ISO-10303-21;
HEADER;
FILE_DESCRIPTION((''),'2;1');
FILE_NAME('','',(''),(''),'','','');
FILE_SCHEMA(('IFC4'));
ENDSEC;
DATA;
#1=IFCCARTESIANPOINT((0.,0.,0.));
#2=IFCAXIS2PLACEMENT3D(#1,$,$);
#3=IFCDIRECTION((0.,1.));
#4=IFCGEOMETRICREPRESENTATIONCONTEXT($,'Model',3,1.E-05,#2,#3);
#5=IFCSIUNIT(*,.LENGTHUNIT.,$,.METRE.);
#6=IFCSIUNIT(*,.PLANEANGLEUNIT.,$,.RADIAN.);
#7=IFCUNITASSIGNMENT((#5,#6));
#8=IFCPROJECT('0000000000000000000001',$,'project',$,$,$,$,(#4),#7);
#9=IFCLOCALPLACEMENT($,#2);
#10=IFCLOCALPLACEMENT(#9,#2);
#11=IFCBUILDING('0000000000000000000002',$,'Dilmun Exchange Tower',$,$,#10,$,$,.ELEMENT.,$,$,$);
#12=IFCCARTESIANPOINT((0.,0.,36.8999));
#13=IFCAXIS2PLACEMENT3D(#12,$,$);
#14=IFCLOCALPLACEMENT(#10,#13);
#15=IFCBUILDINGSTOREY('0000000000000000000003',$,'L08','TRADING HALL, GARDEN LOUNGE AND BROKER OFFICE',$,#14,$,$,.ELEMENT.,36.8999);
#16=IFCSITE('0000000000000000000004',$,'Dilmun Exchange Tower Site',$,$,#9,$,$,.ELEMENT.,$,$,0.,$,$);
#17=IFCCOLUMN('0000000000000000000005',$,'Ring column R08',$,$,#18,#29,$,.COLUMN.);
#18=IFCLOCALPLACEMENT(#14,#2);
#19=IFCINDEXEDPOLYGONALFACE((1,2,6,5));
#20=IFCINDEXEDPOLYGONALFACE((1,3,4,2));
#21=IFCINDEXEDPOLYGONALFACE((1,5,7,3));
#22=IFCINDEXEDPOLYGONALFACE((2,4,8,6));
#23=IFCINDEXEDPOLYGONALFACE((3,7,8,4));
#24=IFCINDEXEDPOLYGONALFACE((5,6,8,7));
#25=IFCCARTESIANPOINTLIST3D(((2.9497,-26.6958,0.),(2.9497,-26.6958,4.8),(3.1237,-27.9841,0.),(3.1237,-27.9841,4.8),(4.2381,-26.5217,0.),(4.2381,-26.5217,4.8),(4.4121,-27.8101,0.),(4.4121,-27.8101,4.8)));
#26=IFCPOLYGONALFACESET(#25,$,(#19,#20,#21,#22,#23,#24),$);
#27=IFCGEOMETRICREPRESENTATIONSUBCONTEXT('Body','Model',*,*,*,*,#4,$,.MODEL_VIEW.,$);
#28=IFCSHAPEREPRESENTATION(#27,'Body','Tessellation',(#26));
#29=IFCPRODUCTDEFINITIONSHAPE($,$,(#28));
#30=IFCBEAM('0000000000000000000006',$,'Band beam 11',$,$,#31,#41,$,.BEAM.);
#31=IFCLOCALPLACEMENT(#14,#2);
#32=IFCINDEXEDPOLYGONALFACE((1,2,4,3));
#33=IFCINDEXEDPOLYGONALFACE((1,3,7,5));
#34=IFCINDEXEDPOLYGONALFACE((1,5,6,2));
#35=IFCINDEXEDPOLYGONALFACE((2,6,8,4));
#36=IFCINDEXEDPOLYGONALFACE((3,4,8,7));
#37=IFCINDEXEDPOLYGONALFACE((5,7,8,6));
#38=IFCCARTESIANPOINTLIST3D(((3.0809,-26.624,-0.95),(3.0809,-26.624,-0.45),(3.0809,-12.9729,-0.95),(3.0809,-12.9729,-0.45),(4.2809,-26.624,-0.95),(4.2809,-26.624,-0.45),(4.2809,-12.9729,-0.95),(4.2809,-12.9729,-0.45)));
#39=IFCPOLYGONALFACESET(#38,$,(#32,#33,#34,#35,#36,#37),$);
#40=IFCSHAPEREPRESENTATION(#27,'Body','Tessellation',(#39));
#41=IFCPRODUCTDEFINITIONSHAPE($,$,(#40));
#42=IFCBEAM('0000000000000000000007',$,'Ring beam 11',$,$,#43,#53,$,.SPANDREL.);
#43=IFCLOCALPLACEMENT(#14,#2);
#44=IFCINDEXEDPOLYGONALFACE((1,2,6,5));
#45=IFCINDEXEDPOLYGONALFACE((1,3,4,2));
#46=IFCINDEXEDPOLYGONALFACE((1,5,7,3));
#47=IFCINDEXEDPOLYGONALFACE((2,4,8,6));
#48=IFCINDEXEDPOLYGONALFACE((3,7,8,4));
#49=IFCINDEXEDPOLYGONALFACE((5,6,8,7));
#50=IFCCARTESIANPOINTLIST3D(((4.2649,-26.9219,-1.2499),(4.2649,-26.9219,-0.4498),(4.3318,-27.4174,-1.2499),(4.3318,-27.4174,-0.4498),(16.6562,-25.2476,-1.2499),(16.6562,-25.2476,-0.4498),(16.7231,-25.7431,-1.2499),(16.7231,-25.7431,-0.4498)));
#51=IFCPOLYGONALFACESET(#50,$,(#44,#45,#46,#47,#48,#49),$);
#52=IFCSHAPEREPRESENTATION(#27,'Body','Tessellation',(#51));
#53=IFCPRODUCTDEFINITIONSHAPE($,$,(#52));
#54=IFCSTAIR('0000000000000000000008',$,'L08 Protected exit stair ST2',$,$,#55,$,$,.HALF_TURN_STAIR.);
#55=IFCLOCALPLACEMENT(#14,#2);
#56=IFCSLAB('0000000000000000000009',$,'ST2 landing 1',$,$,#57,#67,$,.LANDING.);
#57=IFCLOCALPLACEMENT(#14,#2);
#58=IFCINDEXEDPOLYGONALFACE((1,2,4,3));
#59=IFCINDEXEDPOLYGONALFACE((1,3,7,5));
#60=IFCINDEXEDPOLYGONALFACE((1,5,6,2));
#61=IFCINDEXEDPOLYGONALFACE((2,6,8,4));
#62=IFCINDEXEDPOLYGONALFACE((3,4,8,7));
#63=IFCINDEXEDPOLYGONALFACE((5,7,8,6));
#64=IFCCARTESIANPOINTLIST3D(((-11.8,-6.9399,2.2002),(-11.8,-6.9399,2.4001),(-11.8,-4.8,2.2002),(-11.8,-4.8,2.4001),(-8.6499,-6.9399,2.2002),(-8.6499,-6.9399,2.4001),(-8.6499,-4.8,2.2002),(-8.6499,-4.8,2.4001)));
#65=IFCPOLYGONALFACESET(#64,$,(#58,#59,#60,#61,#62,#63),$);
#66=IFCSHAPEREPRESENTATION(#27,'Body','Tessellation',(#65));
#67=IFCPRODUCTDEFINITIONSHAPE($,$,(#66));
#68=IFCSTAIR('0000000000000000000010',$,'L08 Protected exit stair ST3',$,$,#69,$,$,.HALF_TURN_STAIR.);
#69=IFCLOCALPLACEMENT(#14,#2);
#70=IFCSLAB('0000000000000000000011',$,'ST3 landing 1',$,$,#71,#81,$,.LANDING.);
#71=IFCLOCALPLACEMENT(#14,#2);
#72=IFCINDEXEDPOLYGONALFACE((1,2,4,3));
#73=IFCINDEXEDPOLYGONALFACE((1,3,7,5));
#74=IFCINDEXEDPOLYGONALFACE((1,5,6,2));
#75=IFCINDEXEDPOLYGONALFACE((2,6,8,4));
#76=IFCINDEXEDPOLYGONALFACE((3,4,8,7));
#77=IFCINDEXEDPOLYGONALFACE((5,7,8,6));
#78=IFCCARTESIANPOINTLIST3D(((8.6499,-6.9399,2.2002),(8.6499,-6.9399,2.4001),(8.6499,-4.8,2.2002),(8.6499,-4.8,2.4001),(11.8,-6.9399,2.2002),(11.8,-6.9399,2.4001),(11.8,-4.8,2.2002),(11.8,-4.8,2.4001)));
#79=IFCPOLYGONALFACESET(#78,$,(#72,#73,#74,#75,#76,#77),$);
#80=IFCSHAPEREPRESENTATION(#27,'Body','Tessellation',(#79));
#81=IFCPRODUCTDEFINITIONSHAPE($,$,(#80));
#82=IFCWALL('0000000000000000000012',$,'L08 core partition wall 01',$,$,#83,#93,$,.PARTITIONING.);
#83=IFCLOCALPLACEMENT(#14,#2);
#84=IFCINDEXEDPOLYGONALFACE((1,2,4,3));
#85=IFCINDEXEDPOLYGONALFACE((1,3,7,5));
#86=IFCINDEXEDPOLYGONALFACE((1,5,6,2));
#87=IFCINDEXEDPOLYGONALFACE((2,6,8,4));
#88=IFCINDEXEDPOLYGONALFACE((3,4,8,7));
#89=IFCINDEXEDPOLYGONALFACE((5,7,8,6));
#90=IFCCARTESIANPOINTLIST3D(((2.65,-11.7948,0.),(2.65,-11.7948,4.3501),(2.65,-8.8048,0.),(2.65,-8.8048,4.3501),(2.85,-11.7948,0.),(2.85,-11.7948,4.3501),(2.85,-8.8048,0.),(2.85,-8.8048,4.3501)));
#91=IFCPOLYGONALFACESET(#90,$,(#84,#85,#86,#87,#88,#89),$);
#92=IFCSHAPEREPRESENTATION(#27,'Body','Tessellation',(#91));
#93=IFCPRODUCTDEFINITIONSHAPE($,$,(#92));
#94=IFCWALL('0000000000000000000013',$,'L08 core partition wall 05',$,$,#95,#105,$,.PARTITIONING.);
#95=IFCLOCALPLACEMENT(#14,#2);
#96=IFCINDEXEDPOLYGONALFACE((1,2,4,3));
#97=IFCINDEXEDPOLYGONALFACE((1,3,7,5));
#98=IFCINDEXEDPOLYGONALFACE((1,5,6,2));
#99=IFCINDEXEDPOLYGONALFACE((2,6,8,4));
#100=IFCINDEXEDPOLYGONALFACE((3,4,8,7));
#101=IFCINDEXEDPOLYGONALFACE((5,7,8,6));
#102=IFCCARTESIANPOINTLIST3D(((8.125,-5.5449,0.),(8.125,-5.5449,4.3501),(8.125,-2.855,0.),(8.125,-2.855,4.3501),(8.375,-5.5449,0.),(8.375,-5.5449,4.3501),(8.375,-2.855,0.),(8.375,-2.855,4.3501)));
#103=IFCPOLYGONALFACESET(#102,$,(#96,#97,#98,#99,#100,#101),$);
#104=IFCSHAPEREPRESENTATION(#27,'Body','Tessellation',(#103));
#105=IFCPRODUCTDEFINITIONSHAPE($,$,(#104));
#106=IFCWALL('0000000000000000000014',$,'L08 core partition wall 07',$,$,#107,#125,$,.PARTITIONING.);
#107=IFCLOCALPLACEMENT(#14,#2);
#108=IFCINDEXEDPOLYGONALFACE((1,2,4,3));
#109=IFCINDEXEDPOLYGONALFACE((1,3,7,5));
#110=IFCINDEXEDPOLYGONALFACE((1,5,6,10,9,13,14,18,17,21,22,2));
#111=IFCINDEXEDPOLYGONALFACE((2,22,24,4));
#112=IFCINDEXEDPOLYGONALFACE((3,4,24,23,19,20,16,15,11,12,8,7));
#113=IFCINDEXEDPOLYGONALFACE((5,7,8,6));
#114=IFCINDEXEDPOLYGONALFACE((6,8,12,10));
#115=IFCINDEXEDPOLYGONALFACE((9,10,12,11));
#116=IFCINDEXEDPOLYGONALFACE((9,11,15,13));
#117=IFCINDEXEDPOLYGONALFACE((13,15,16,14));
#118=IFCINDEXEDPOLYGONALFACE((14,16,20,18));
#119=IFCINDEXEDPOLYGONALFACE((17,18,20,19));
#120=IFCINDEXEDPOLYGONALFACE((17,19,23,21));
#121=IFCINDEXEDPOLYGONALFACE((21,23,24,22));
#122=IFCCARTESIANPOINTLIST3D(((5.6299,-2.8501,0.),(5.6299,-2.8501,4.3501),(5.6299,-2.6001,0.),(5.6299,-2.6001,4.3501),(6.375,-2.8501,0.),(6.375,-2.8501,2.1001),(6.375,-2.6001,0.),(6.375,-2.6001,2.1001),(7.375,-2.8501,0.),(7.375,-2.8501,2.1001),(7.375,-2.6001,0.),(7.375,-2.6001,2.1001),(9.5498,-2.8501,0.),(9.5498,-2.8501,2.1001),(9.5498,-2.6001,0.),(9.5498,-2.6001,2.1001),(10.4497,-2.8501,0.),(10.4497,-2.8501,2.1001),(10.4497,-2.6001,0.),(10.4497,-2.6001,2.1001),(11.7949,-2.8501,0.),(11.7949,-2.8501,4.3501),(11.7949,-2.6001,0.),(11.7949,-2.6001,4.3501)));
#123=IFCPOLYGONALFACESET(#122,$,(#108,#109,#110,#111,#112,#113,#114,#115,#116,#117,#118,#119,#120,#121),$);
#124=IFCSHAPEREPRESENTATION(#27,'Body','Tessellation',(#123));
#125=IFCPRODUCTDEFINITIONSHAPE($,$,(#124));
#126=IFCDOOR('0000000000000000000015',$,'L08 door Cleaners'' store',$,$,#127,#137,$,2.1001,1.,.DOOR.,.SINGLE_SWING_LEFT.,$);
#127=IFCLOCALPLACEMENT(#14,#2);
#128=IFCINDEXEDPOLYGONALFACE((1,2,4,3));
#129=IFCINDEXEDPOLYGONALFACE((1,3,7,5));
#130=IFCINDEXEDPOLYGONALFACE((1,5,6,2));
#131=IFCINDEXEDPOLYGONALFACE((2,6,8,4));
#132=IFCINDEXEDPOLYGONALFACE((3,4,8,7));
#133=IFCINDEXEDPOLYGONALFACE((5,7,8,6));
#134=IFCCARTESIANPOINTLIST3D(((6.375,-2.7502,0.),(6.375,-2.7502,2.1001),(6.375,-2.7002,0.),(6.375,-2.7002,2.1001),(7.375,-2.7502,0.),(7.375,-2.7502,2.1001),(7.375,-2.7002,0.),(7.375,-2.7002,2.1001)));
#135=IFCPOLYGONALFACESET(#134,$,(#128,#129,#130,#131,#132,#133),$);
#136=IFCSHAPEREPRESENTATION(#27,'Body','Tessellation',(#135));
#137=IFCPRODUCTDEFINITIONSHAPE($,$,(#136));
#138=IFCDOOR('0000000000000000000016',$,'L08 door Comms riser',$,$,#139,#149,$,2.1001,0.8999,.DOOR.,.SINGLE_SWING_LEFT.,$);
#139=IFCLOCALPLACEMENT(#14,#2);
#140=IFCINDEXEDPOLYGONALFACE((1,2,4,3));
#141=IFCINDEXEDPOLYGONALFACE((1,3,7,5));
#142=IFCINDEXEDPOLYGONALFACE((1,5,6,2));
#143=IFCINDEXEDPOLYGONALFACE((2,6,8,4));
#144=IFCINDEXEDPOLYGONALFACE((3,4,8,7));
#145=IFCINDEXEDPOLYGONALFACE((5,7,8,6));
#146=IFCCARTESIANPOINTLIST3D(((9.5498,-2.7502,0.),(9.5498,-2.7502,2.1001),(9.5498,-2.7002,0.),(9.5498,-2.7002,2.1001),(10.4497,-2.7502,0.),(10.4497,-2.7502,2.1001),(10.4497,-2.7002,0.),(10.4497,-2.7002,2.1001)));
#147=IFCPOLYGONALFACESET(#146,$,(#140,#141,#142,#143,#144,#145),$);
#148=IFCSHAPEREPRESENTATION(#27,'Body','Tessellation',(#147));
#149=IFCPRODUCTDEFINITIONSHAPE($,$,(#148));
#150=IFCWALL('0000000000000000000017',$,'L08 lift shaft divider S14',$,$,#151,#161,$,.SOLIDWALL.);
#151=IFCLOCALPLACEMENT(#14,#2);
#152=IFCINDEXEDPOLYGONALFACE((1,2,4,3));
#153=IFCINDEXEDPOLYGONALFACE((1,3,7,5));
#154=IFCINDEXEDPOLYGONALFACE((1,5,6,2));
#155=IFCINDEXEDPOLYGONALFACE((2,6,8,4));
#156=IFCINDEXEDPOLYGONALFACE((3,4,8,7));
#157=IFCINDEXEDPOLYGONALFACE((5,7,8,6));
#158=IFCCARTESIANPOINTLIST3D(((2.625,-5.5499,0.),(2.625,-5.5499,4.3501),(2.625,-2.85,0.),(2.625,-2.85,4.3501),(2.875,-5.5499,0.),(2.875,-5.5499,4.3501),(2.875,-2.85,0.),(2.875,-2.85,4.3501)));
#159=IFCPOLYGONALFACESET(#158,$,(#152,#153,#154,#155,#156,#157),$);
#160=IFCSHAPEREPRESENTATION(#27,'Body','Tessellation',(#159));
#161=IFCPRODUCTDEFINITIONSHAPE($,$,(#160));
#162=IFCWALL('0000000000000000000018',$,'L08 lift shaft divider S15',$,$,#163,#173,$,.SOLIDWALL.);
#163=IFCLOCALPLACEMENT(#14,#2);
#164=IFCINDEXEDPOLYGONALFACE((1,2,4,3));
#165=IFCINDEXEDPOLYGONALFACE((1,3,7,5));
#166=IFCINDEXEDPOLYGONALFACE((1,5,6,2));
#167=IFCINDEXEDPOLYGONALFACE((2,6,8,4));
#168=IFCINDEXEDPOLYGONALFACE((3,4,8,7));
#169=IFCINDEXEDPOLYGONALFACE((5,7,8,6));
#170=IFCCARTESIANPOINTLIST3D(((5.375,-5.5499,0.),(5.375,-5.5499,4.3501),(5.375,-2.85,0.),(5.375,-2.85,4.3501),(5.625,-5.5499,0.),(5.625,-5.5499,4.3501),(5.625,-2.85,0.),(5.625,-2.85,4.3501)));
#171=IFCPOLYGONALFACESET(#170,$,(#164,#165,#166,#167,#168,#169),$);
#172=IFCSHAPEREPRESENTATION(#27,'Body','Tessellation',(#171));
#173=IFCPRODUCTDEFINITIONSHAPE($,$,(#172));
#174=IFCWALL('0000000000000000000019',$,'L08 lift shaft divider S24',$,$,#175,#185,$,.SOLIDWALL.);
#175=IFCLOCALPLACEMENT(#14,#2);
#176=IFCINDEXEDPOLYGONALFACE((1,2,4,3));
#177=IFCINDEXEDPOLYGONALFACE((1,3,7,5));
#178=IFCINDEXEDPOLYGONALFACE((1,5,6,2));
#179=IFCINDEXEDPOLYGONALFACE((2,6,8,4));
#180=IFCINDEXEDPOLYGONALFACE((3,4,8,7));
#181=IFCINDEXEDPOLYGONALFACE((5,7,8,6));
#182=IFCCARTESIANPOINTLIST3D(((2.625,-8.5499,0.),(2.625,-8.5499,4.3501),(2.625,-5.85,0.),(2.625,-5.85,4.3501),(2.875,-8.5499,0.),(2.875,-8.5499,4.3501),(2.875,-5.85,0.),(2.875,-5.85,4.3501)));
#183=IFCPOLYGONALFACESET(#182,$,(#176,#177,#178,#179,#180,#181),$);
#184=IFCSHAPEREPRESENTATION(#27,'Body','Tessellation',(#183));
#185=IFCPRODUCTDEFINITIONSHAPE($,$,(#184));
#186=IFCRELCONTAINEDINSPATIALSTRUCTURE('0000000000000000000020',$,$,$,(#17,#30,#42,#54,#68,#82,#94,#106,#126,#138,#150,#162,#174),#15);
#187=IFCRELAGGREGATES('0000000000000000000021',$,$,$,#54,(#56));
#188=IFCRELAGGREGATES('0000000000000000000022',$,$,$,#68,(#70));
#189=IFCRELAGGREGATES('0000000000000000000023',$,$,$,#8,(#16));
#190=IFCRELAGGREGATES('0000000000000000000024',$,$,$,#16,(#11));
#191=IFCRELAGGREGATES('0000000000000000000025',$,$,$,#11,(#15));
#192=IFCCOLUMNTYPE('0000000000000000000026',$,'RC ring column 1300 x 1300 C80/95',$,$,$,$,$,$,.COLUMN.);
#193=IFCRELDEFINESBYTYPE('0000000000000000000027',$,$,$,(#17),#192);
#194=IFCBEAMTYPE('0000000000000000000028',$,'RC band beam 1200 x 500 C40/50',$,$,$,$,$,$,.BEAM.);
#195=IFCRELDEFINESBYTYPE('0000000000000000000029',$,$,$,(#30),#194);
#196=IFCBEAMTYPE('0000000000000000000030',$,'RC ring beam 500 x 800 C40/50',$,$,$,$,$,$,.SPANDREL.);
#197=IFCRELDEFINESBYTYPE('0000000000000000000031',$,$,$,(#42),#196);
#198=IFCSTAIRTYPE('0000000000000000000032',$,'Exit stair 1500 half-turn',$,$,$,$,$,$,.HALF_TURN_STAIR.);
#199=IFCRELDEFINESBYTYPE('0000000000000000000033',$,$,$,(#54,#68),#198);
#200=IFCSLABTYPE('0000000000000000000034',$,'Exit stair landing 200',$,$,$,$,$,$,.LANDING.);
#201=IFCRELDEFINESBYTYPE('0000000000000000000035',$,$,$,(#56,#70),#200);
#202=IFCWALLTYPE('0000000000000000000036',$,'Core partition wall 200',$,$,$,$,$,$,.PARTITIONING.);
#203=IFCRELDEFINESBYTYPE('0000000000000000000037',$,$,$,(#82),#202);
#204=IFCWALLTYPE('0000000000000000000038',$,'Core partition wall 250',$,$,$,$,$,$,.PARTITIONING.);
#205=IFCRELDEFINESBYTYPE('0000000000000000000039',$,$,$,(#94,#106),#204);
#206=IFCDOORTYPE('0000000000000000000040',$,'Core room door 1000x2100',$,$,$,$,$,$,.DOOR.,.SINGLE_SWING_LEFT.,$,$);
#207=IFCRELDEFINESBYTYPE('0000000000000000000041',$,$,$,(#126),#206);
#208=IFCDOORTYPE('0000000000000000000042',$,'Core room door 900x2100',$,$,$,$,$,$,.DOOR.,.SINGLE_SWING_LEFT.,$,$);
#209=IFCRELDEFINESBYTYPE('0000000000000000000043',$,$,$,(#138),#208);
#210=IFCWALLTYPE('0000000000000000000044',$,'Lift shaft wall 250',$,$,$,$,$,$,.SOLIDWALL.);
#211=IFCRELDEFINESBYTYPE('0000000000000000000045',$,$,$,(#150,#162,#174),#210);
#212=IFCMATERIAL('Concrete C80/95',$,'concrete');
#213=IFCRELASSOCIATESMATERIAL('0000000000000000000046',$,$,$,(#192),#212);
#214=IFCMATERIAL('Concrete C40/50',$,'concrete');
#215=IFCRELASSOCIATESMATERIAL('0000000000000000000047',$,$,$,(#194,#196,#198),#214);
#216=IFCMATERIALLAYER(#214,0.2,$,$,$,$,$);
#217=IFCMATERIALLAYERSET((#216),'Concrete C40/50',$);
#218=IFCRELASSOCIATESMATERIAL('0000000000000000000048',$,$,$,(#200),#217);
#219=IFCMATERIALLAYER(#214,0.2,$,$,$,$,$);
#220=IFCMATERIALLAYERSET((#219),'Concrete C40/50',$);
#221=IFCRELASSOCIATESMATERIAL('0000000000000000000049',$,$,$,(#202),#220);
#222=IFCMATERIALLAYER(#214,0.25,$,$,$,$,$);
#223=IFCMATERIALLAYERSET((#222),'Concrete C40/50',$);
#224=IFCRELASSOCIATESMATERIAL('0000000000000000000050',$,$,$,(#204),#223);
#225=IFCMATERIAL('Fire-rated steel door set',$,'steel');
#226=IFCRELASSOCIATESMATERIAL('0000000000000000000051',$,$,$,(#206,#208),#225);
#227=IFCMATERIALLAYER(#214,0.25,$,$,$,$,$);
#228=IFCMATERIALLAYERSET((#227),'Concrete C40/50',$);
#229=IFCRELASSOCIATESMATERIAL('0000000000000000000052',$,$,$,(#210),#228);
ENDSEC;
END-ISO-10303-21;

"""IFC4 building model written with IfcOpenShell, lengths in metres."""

from ifc_helpers import new_model, si_unit, direction, frame, frame_2d, origin, origin_2d, place, context, subcontext, project, spatial, polyline, rectangle, outline, extrude, material, layer, layer_set, material_profile, profile_set, type_object, element, fill, aggregate, save


model = new_model("IFC4")

# Units and contexts
model_context = context("Model", 3, precision=1e-05, world=origin(), true_north=direction((0.0, 1.0)))
body_context = subcontext(model_context, "Body", "Model", "MODEL_VIEW")
ifc_project = project(units=[si_unit("LENGTHUNIT", "METRE"), si_unit("PLANEANGLEUNIT", "RADIAN")], contexts=[model_context])

# Site, building, storey
site_placement = place(None, origin())
site = spatial("IfcSite", under=ifc_project, at=site_placement, Name="Dilmun Exchange Tower Site", CompositionType="ELEMENT", RefElevation=0.0)
building_placement = place(site_placement, origin())
building = spatial("IfcBuilding", under=site, at=building_placement, Name="Dilmun Exchange Tower", CompositionType="ELEMENT")
storey_placement = place(building_placement, frame((0.0, 0.0, 36.8999)))
storey = spatial("IfcBuildingStorey", under=building, at=storey_placement, Name="L08", Description="TRADING HALL, GARDEN LOUNGE AND BROKER OFFICE", CompositionType="ELEMENT", Elevation=36.8999)

# Column
ifc_material_1 = material(Name="Concrete C80/95", Category="concrete")
ifc_material_profile_1 = material_profile(ifc_material_1, rectangle(XDim=1.3, YDim=1.3, at=origin_2d()), Name="1300 x 1300")
ifc_profile_set_1 = profile_set([ifc_material_profile_1], Name="Concrete C80/95")
column_type = type_object("IfcColumnType", Name="RC ring column 1300 x 1300 C80/95", PredefinedType="COLUMN", material=ifc_profile_set_1)
column_placement = place(storey_placement, frame((3.6809, -27.2529, 0.0), z_axis=(0.0, 0.0, 1.0), x_axis=(0.991001, 0.133853, 0.0)))
element("IfcColumn", 1, at=column_placement, inside=storey, type_object=column_type, Name="Ring column R08", PredefinedType="COLUMN", context=body_context, shape_type="SweptSolid", body=[
    extrude(rectangle(XDim=1.3, YDim=1.3, at=origin_2d()), origin(), (0.0, 0.0, 1.0), 4.8),
])

# Beams
ifc_material_2 = material(Name="Concrete C40/50", Category="concrete")
ifc_material_profile_2 = material_profile(ifc_material_2, rectangle(XDim=1.2, YDim=0.5, at=origin_2d()), Name="1200 x 500")
ifc_profile_set_2 = profile_set([ifc_material_profile_2], Name="Concrete C40/50")
beam_type_1 = type_object("IfcBeamType", Name="RC band beam 1200 x 500 C40/50", PredefinedType="BEAM", material=ifc_profile_set_2)
beam_1_placement = place(storey_placement, frame((3.6809, -26.624, -0.7), z_axis=(0.0, 1.0, 0.0), x_axis=(-1.0, 0.0, 0.0)))
element("IfcBeam", 2, at=beam_1_placement, inside=storey, type_object=beam_type_1, Name="Band beam 11", PredefinedType="BEAM", context=body_context, shape_type="SweptSolid", body=[
    extrude(rectangle(XDim=1.2, YDim=0.5, at=origin_2d()), origin(), (0.0, 0.0, 1.0), 13.6511),
])
ifc_material_profile_3 = material_profile(ifc_material_2, rectangle(XDim=0.5, YDim=0.8, at=origin_2d()), Name="500 x 800")
ifc_profile_set_3 = profile_set([ifc_material_profile_3], Name="Concrete C40/50")
beam_type_2 = type_object("IfcBeamType", Name="RC ring beam 500 x 800 C40/50", PredefinedType="SPANDREL", material=ifc_profile_set_3)
beam_2_placement = place(storey_placement, frame((4.2983, -27.1697, -0.8499), z_axis=(0.990994, 0.133903, 0.0), x_axis=(-0.133903, 0.990994, 0.0)))
element("IfcBeam", 3, at=beam_2_placement, inside=storey, type_object=beam_type_2, Name="Ring beam 11", PredefinedType="SPANDREL", context=body_context, shape_type="SweptSolid", body=[
    extrude(rectangle(XDim=0.5, YDim=0.8, at=origin_2d()), origin(), (0.0, 0.0, 1.0), 12.5039),
])

# Stairs, slabs
stair_type = type_object("IfcStairType", Name="Exit stair 1500 half-turn", PredefinedType="HALF_TURN_STAIR", material=ifc_material_2)
stair_1_placement = place(storey_placement, origin())
stair_1 = element("IfcStair", 4, at=stair_1_placement, inside=storey, type_object=stair_type, Name="L08 Protected exit stair ST2", PredefinedType="HALF_TURN_STAIR")
ifc_layer_1 = layer(ifc_material_2, 0.2)
ifc_layer_set_1 = layer_set([ifc_layer_1], Name="Concrete C40/50")
slab_type = type_object("IfcSlabType", Name="Exit stair landing 200", PredefinedType="LANDING", material=ifc_layer_set_1)
slab_1_placement = place(storey_placement, frame((0.0, 0.0, 2.2002)))
slab_1 = element("IfcSlab", 5, at=slab_1_placement, type_object=slab_type, Name="ST2 landing 1", PredefinedType="LANDING", context=body_context, shape_type="SweptSolid", body=[
    extrude(outline(polyline([(-8.6499, -6.9399), (-8.6499, -4.8), (-11.8, -4.8), (-11.8, -6.9399), (-8.6499, -6.9399)])), origin(), (0.0, 0.0, 1.0), 0.2),
])
aggregate(stair_1, [slab_1])
stair_2_placement = place(storey_placement, origin())
stair_2 = element("IfcStair", 6, at=stair_2_placement, inside=storey, type_object=stair_type, Name="L08 Protected exit stair ST3", PredefinedType="HALF_TURN_STAIR")
slab_2_placement = place(storey_placement, frame((0.0, 0.0, 2.2002)))
slab_2 = element("IfcSlab", 7, at=slab_2_placement, type_object=slab_type, Name="ST3 landing 1", PredefinedType="LANDING", context=body_context, shape_type="SweptSolid", body=[
    extrude(outline(polyline([(11.8, -6.9399), (11.8, -4.8), (8.6499, -4.8), (8.6499, -6.9399), (11.8, -6.9399)])), origin(), (0.0, 0.0, 1.0), 0.2),
])
aggregate(stair_2, [slab_2])

# Walls
ifc_layer_2 = layer(ifc_material_2, 0.2)
ifc_layer_set_2 = layer_set([ifc_layer_2], Name="Concrete C40/50")
wall_type_1 = type_object("IfcWallType", Name="Core partition wall 200", PredefinedType="PARTITIONING", material=ifc_layer_set_2)
wall_1_placement = place(storey_placement, frame((2.75, -11.7949, 0.0), z_axis=(0.0, 0.0, 1.0), x_axis=(0.0, 1.0, 0.0)))
element("IfcWall", 8, at=wall_1_placement, inside=storey, type_object=wall_type_1, Name="L08 core partition wall 01", PredefinedType="PARTITIONING", context=body_context, shape_type="SweptSolid", body=[
    extrude(rectangle(XDim=2.99, YDim=0.2, at=frame_2d((1.4951, 0.0))), origin(), (0.0, 0.0, 1.0), 4.3501),
])
ifc_layer_3 = layer(ifc_material_2, 0.25)
ifc_layer_set_3 = layer_set([ifc_layer_3], Name="Concrete C40/50")
wall_type_2 = type_object("IfcWallType", Name="Core partition wall 250", PredefinedType="PARTITIONING", material=ifc_layer_set_3)
wall_2_placement = place(storey_placement, frame((8.25, -5.5449, 0.0), z_axis=(0.0, 0.0, 1.0), x_axis=(0.0, 1.0, 0.0)))
element("IfcWall", 9, at=wall_2_placement, inside=storey, type_object=wall_type_2, Name="L08 core partition wall 05", PredefinedType="PARTITIONING", context=body_context, shape_type="SweptSolid", body=[
    extrude(rectangle(XDim=2.6899, YDim=0.25, at=frame_2d((1.345, 0.0))), origin(), (0.0, 0.0, 1.0), 4.3501),
])

# Wall, openings, doors
wall_3_placement = place(storey_placement, frame((5.6299, -2.7251, 0.0), z_axis=(0.0, 0.0, 1.0), x_axis=(1.0, 0.0, 0.0)))
wall_3 = element("IfcWall", 10, at=wall_3_placement, inside=storey, type_object=wall_type_2, Name="L08 core partition wall 07", PredefinedType="PARTITIONING", context=body_context, shape_type="SweptSolid", body=[
    extrude(rectangle(XDim=6.165, YDim=0.25, at=frame_2d((3.0825, 0.0))), origin(), (0.0, 0.0, 1.0), 4.3501),
])
opening_1_placement = place(wall_3_placement, frame((0.7451, 0.0, 0.0)))
opening_1 = element("IfcOpeningElement", 11, at=opening_1_placement, cuts=wall_3, PredefinedType="OPENING", context=body_context, shape_type="SweptSolid", body=[
    extrude(rectangle(XDim=1.0, YDim=2.1001, at=frame_2d((0.5, 1.05))), frame((0.0, 0.135, 0.0), z_axis=(0.0, -1.0, 0.0), x_axis=(1.0, 0.0, 0.0)), (0.0, 0.0, 1.0), 0.27),
])
opening_2_placement = place(wall_3_placement, frame((3.9199, 0.0, 0.0)))
opening_2 = element("IfcOpeningElement", 12, at=opening_2_placement, cuts=wall_3, PredefinedType="OPENING", context=body_context, shape_type="SweptSolid", body=[
    extrude(rectangle(XDim=0.8999, YDim=2.1001, at=frame_2d((0.45, 1.05))), frame((0.0, 0.135, 0.0), z_axis=(0.0, -1.0, 0.0), x_axis=(1.0, 0.0, 0.0)), (0.0, 0.0, 1.0), 0.27),
])
ifc_material_3 = material(Name="Fire-rated steel door set", Category="steel")
door_type_1 = type_object("IfcDoorType", Name="Core room door 1000x2100", OperationType="SINGLE_SWING_LEFT", PredefinedType="DOOR", material=ifc_material_3)
door_1_placement = place(opening_1_placement, origin())
door_1 = element("IfcDoor", 13, at=door_1_placement, inside=storey, type_object=door_type_1, Name="L08 door Cleaners' store", OperationType="SINGLE_SWING_LEFT", OverallHeight=2.1001, OverallWidth=1.0, PredefinedType="DOOR", context=body_context, shape_type="SweptSolid", body=[
    extrude(rectangle(XDim=1.0, YDim=2.1001, at=frame_2d((0.5, 1.05))), frame((0.0, 0.0249, 0.0), z_axis=(0.0, -1.0, 0.0), x_axis=(1.0, 0.0, 0.0)), (0.0, 0.0, 1.0), 0.05),
])
fill(opening_1, door_1)
door_type_2 = type_object("IfcDoorType", Name="Core room door 900x2100", OperationType="SINGLE_SWING_LEFT", PredefinedType="DOOR", material=ifc_material_3)
door_2_placement = place(opening_2_placement, origin())
door_2 = element("IfcDoor", 14, at=door_2_placement, inside=storey, type_object=door_type_2, Name="L08 door Comms riser", OperationType="SINGLE_SWING_LEFT", OverallHeight=2.1001, OverallWidth=0.8999, PredefinedType="DOOR", context=body_context, shape_type="SweptSolid", body=[
    extrude(rectangle(XDim=0.8999, YDim=2.1001, at=frame_2d((0.45, 1.05))), frame((0.0, 0.0249, 0.0), z_axis=(0.0, -1.0, 0.0), x_axis=(1.0, 0.0, 0.0)), (0.0, 0.0, 1.0), 0.05),
])
fill(opening_2, door_2)

# Walls
ifc_layer_4 = layer(ifc_material_2, 0.25)
ifc_layer_set_4 = layer_set([ifc_layer_4], Name="Concrete C40/50")
wall_type_3 = type_object("IfcWallType", Name="Lift shaft wall 250", PredefinedType="SOLIDWALL", material=ifc_layer_set_4)
for number, where, z_axis, x_axis, name in (
    (15, (2.75, -5.55, 0.0), (0.0, 0.0, 1.0), (0.0, 1.0, 0.0), "L08 lift shaft divider S14"),
    (16, (5.5, -5.55, 0.0), (0.0, 0.0, 1.0), (0.0, 1.0, 0.0), "L08 lift shaft divider S15"),
    (17, (2.75, -8.55, 0.0), (0.0, 0.0, 1.0), (0.0, 1.0, 0.0), "L08 lift shaft divider S24"),
):
    element("IfcWall", number, at=place(storey_placement, frame(where, z_axis=z_axis, x_axis=x_axis)), inside=storey, type_object=wall_type_3, Name=name, PredefinedType="SOLIDWALL", context=body_context, shape_type="SweptSolid", body=[
        extrude(rectangle(XDim=2.7, YDim=0.25, at=frame_2d((1.3501, 0.0))), origin(), (0.0, 0.0, 1.0), 4.3501),
    ])

save(model, "model.ifc")
